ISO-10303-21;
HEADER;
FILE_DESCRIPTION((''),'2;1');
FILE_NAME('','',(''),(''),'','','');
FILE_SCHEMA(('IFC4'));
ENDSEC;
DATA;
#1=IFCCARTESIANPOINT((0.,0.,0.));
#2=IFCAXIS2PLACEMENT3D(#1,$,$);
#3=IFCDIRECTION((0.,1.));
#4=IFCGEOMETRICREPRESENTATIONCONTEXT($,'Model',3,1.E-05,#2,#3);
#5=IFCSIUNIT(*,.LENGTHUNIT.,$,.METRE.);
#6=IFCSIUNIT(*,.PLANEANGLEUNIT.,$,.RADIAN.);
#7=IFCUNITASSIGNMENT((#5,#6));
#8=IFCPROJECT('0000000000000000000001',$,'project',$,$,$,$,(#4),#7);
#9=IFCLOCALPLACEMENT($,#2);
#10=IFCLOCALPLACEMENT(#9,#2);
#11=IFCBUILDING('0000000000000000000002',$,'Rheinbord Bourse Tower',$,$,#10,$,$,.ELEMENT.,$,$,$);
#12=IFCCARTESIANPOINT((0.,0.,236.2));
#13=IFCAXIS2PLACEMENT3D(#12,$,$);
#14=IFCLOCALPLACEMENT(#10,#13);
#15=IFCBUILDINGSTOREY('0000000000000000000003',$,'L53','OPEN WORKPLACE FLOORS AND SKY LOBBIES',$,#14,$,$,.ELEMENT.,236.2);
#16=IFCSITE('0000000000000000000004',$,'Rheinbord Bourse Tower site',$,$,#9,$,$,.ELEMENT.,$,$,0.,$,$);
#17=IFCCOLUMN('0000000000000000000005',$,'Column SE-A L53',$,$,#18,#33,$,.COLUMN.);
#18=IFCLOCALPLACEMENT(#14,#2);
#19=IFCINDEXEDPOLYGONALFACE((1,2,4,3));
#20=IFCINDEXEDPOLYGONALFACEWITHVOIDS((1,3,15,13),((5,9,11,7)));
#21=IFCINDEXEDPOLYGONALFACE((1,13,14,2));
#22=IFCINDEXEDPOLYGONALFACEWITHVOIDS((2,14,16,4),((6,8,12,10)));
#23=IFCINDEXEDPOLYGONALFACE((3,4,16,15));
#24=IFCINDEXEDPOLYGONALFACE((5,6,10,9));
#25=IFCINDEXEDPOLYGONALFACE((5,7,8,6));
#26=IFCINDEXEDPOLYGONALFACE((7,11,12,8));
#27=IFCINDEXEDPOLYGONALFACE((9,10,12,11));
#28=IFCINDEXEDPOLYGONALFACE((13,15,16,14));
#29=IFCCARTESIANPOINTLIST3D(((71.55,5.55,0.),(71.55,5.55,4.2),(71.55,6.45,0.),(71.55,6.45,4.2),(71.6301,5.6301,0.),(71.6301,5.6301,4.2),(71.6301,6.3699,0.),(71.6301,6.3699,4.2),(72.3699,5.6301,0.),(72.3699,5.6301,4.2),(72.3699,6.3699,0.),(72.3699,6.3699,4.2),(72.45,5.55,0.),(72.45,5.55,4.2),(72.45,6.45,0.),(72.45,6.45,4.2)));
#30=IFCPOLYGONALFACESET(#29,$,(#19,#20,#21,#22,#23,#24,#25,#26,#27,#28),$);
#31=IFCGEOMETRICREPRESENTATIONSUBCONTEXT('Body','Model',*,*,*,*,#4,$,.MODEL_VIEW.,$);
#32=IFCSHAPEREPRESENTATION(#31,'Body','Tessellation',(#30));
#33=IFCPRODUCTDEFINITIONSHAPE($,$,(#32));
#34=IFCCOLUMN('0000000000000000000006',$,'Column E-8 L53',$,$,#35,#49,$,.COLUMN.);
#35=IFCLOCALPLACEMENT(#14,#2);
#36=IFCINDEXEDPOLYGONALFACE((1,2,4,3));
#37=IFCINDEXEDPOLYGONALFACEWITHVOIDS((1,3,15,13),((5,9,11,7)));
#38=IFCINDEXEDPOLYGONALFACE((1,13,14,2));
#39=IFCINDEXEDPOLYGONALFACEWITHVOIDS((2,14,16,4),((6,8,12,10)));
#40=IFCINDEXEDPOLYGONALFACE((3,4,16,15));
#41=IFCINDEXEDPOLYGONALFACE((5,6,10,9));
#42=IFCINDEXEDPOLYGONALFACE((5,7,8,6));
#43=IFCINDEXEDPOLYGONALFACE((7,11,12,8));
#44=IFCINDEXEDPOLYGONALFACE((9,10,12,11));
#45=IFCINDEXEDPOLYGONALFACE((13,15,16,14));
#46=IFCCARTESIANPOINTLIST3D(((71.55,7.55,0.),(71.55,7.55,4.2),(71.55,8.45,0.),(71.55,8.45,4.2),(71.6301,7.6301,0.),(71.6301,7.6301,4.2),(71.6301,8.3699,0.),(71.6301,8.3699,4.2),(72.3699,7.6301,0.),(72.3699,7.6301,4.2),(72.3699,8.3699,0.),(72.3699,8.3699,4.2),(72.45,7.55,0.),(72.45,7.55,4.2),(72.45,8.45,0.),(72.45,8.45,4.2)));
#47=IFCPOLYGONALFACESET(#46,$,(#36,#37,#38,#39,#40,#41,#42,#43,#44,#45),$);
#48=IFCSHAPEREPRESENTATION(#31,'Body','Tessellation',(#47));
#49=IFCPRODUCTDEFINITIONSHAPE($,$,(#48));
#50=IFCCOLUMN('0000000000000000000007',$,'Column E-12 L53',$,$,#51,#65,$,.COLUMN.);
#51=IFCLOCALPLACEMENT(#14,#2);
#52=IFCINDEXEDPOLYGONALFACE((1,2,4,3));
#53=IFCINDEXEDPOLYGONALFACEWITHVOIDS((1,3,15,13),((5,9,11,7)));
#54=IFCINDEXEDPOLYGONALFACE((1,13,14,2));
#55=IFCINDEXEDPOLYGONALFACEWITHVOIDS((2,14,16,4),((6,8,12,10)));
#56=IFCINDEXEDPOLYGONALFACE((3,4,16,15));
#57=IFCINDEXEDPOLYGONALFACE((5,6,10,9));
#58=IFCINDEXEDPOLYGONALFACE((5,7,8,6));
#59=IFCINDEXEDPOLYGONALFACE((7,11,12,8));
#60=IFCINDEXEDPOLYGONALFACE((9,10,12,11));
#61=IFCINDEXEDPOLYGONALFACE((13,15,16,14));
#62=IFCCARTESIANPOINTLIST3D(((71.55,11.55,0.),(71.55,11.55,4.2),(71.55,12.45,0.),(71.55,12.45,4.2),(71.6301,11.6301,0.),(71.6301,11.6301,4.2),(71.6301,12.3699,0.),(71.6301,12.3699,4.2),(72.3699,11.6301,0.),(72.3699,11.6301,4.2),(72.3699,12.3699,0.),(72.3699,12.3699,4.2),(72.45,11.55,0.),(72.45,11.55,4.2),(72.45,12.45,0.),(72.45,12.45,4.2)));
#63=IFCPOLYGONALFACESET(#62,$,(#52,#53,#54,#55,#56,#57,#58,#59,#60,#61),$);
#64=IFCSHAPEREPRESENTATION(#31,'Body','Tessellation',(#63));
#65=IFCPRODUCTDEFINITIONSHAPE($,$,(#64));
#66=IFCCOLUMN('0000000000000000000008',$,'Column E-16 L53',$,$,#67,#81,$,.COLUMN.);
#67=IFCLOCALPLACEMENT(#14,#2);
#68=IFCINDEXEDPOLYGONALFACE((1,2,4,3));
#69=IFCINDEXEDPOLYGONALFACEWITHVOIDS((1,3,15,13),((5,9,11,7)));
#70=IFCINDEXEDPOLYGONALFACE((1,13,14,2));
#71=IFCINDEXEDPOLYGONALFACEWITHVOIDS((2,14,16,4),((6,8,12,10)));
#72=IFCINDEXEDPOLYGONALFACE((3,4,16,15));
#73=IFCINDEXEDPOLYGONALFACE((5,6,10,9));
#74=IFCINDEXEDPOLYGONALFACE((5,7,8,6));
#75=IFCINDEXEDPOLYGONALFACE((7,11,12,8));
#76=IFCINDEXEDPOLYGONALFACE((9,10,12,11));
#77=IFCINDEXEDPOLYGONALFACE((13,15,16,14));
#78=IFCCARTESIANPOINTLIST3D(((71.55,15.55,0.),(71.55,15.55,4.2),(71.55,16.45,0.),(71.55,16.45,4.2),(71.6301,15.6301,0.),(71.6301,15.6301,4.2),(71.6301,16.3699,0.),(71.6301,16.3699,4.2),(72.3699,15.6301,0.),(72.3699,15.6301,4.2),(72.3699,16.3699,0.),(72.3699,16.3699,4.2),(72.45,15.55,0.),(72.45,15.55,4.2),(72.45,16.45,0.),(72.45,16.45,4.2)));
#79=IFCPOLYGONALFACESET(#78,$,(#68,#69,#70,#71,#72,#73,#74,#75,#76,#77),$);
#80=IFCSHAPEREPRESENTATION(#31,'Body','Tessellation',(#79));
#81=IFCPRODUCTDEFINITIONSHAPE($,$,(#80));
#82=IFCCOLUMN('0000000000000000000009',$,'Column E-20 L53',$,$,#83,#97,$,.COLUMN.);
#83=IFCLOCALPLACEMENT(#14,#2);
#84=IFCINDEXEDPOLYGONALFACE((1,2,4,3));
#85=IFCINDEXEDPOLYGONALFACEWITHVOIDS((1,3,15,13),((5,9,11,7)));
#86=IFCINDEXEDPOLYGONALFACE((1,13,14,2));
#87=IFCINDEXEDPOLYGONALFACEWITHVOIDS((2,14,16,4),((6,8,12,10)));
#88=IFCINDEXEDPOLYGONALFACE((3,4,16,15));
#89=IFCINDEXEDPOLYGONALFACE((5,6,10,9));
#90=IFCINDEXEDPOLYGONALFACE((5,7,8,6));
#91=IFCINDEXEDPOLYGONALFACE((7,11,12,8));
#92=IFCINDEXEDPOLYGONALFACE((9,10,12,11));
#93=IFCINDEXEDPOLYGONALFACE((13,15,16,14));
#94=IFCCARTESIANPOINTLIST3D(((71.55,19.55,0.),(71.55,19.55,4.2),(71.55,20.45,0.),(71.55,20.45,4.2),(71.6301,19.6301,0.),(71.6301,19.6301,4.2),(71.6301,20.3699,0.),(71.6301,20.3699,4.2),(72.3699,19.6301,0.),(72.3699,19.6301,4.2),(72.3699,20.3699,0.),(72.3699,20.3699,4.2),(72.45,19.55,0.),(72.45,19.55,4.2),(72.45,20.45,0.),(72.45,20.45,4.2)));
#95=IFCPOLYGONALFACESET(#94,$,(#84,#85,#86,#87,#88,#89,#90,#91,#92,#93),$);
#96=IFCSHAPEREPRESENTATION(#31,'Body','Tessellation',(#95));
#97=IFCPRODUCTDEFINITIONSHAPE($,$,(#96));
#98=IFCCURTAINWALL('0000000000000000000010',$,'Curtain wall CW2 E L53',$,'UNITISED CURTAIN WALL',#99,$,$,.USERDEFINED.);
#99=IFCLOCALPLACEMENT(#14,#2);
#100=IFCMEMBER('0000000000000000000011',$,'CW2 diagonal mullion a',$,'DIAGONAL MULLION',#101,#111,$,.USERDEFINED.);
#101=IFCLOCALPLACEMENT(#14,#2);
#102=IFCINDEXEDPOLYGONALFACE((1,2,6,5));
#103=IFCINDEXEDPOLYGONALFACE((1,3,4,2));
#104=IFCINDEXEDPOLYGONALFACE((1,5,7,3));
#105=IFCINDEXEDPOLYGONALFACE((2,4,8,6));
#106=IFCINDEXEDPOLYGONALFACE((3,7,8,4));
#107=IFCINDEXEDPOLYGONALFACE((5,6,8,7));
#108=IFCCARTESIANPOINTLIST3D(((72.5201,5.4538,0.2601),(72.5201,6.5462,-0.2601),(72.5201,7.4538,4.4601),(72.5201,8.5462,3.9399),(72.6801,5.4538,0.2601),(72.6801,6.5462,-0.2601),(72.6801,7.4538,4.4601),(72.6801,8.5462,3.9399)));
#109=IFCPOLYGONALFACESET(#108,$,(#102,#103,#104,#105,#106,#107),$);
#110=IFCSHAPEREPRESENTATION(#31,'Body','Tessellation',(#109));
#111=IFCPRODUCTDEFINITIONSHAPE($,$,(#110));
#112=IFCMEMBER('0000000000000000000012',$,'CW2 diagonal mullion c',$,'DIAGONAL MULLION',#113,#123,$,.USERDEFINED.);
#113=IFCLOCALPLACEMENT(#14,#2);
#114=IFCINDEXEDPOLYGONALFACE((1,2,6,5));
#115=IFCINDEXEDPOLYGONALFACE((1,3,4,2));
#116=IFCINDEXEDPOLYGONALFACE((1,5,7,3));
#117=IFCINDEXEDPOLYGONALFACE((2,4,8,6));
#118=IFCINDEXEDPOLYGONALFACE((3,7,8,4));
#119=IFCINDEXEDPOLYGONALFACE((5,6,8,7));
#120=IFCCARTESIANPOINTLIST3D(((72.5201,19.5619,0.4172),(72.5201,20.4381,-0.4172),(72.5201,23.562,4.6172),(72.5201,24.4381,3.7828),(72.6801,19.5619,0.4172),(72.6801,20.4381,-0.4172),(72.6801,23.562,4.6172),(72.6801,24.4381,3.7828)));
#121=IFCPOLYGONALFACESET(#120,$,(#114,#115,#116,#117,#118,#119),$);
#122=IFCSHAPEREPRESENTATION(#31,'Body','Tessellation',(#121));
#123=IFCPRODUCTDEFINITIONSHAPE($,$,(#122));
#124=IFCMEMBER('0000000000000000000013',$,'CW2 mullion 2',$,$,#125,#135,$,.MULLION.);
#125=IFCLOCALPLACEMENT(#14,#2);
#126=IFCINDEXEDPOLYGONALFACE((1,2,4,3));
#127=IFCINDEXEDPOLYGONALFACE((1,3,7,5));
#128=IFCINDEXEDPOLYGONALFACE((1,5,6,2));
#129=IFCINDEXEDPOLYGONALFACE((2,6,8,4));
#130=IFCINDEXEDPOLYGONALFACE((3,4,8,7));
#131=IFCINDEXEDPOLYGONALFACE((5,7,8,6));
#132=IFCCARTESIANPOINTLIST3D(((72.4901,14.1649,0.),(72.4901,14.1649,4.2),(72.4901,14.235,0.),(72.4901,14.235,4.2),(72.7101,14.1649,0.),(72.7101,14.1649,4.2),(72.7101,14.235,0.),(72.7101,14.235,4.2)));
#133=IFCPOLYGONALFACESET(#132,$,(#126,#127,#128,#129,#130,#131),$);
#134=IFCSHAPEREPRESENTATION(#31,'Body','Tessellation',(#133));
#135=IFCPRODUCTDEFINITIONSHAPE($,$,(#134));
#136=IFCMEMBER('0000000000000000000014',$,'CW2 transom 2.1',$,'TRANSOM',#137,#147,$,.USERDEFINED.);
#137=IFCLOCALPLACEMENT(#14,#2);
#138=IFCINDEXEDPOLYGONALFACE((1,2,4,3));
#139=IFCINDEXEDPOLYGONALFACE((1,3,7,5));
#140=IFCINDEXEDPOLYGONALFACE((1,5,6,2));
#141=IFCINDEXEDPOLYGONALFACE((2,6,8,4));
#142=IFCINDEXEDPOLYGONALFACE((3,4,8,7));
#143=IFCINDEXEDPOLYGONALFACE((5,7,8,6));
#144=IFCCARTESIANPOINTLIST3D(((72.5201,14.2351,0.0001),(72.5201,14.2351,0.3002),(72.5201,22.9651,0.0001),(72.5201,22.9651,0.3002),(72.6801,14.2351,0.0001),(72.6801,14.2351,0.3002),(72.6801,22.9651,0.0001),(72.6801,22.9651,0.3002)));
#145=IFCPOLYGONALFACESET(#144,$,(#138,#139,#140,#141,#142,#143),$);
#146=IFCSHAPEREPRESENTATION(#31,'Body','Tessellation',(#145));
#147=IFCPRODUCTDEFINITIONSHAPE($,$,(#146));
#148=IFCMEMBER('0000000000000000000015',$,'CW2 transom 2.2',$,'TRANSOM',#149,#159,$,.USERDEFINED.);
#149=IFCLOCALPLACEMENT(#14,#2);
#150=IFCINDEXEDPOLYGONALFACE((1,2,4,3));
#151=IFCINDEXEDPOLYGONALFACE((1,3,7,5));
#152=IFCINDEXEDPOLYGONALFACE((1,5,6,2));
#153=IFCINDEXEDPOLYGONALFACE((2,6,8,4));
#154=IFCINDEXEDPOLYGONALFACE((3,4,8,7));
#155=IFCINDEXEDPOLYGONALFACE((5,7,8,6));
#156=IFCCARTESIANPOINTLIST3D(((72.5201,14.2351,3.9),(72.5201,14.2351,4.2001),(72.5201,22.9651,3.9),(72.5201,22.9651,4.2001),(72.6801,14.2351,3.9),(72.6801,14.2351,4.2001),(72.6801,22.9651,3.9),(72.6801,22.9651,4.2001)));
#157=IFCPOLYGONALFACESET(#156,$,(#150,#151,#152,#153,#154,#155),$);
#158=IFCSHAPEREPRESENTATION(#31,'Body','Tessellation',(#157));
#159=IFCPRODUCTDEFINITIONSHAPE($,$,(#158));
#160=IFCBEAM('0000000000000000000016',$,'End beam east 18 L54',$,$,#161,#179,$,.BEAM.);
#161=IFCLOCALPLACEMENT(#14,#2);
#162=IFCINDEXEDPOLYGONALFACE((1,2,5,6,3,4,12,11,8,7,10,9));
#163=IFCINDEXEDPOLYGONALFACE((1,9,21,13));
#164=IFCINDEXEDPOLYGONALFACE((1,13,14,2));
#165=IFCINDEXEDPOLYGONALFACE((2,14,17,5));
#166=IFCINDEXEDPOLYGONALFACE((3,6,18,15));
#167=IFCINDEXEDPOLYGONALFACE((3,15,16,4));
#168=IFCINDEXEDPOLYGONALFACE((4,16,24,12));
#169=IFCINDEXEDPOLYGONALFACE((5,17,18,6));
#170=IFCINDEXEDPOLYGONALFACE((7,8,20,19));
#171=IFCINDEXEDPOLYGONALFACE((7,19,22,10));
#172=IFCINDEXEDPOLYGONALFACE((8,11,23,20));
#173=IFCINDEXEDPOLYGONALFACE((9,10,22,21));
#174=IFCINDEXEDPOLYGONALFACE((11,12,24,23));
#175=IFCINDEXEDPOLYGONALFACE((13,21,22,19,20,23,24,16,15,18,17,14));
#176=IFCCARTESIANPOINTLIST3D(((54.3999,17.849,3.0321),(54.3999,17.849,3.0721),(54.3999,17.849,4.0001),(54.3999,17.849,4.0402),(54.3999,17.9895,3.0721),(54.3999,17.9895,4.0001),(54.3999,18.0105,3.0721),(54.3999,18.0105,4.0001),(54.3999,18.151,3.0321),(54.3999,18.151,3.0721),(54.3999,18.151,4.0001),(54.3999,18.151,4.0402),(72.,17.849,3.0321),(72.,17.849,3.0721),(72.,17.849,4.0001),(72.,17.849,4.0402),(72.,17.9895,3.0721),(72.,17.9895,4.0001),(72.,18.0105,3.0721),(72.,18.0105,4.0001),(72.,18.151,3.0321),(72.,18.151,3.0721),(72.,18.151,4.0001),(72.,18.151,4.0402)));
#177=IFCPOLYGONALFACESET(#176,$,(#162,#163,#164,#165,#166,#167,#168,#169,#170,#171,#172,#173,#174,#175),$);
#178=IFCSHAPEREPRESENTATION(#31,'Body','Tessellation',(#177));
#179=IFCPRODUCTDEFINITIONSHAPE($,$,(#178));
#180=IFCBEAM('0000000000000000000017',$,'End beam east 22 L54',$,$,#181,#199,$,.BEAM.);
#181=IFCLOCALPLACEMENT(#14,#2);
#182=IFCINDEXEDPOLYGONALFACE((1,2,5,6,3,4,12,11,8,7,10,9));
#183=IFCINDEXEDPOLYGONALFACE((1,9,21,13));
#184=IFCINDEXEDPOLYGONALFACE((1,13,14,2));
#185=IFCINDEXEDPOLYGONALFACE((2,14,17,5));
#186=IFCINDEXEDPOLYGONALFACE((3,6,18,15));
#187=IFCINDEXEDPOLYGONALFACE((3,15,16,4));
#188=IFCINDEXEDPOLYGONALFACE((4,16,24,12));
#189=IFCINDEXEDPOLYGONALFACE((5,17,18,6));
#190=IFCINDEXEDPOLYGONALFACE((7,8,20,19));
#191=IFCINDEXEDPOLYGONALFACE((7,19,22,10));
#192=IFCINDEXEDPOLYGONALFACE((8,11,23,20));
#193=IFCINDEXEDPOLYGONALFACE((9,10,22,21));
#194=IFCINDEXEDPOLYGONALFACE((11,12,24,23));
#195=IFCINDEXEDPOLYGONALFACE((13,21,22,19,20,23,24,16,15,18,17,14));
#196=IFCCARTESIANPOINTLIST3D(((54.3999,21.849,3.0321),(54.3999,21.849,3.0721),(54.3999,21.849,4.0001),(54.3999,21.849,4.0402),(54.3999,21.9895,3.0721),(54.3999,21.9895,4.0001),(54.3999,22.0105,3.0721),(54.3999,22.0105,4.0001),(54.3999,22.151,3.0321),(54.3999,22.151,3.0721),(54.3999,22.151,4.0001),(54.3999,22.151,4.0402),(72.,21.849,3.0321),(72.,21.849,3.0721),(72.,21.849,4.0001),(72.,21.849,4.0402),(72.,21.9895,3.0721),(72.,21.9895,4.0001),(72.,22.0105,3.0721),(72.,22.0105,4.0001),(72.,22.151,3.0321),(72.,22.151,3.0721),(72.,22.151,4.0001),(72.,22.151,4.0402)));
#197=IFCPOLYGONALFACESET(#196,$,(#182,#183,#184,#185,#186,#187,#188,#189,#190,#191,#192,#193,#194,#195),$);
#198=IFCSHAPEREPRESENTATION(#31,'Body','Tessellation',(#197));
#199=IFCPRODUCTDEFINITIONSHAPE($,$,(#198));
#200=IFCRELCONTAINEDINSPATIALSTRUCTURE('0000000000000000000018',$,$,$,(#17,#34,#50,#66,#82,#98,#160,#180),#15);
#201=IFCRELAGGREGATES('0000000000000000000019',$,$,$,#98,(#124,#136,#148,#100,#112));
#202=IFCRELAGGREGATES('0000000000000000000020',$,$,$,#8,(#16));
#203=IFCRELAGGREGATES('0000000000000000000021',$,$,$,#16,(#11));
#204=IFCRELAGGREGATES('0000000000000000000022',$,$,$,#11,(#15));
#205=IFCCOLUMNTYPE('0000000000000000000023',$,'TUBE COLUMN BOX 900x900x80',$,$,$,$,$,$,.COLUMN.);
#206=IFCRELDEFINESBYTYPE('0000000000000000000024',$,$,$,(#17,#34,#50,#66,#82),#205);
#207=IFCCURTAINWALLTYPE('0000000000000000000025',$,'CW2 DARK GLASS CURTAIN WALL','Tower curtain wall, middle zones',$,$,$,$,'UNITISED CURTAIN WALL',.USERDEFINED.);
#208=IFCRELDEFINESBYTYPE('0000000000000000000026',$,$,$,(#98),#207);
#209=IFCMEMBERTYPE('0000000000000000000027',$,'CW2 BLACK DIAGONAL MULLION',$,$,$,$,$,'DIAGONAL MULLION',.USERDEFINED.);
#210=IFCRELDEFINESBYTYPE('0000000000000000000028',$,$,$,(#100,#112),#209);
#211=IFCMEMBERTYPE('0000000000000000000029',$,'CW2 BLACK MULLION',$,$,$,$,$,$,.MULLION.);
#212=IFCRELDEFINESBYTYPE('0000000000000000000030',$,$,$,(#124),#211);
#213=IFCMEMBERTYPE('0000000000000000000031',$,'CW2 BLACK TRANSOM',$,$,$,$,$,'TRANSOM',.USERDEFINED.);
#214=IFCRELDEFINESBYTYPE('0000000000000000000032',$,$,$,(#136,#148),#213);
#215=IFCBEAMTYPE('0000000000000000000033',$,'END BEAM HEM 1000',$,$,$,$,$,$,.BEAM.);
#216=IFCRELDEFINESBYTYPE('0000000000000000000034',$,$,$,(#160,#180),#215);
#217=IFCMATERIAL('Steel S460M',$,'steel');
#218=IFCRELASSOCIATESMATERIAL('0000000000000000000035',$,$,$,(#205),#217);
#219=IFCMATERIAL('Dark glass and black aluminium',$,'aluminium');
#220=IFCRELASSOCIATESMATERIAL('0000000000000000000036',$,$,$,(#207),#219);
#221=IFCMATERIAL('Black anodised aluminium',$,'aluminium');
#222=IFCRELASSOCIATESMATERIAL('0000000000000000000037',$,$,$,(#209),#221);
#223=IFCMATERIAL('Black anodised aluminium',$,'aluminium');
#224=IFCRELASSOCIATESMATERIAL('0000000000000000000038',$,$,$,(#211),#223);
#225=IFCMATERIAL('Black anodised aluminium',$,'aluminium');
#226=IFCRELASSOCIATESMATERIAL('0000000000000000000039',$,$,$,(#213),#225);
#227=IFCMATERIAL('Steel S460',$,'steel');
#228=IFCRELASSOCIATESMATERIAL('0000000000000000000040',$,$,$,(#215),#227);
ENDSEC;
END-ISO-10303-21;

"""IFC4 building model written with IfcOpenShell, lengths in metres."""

from ifc_helpers import new_model, si_unit, direction, frame, origin, origin_2d, place, context, subcontext, project, spatial, rectangle, hollow_rectangle, i_section, extrude, material, material_profile, profile_set, type_object, element, aggregate, save


model = new_model("IFC4")

# Units and contexts
model_context = context("Model", 3, precision=1e-05, world=origin(), true_north=direction((0.0, 1.0)))
body_context = subcontext(model_context, "Body", "Model", "MODEL_VIEW")
ifc_project = project(units=[si_unit("LENGTHUNIT", "METRE"), si_unit("PLANEANGLEUNIT", "RADIAN")], contexts=[model_context])

# Site, building, storey
site_placement = place(None, origin())
site = spatial("IfcSite", under=ifc_project, at=site_placement, Name="Rheinbord Bourse Tower site", CompositionType="ELEMENT", RefElevation=0.0)
building_placement = place(site_placement, origin())
building = spatial("IfcBuilding", under=site, at=building_placement, Name="Rheinbord Bourse Tower", CompositionType="ELEMENT")
storey_placement = place(building_placement, frame((0.0, 0.0, 236.2)))
storey = spatial("IfcBuildingStorey", under=building, at=storey_placement, Name="L53", Description="OPEN WORKPLACE FLOORS AND SKY LOBBIES", CompositionType="ELEMENT", Elevation=236.2)

# Columns
ifc_material_1 = material(Name="Steel S460M", Category="steel")
ifc_material_profile_1 = material_profile(ifc_material_1, hollow_rectangle(XDim=0.8999, YDim=0.8999, WallThickness=0.0801, at=origin_2d()), Name="BOX 900x900x80")
ifc_profile_set_1 = profile_set([ifc_material_profile_1], Name="Steel S460M")
column_type = type_object("IfcColumnType", Name="TUBE COLUMN BOX 900x900x80", PredefinedType="COLUMN", material=ifc_profile_set_1)
for number, where, z_axis, x_axis, name in (
    (1, (72.0, 6.0, 0.0), (0.0, 0.0, 1.0), (1.0, 0.0, 0.0), "Column SE-A L53"),
    (2, (72.0, 8.0, 0.0), (0.0, 0.0, 1.0), (1.0, 0.0, 0.0), "Column E-8 L53"),
    (3, (72.0, 12.0, 0.0), (0.0, 0.0, 1.0), (1.0, 0.0, 0.0), "Column E-12 L53"),
    (4, (72.0, 16.0, 0.0), (0.0, 0.0, 1.0), (1.0, 0.0, 0.0), "Column E-16 L53"),
    (5, (72.0, 20.0, 0.0), (0.0, 0.0, 1.0), (1.0, 0.0, 0.0), "Column E-20 L53"),
):
    element("IfcColumn", number, at=place(storey_placement, frame(where, z_axis=z_axis, x_axis=x_axis)), inside=storey, type_object=column_type, Name=name, PredefinedType="COLUMN", context=body_context, shape_type="SweptSolid", body=[
        extrude(hollow_rectangle(XDim=0.8999, YDim=0.8999, WallThickness=0.0801, at=origin_2d()), origin(), (0.0, 0.0, 1.0), 4.2),
    ])

# Curtain wall, members
ifc_material_2 = material(Name="Dark glass and black aluminium", Category="aluminium")
curtain_wall_type = type_object("IfcCurtainWallType", Name="CW2 DARK GLASS CURTAIN WALL", Description="Tower curtain wall, middle zones", ElementType="UNITISED CURTAIN WALL", PredefinedType="USERDEFINED", material=ifc_material_2)
curtain_wall_placement = place(storey_placement, origin())
curtain_wall = element("IfcCurtainWall", 6, at=curtain_wall_placement, inside=storey, type_object=curtain_wall_type, Name="Curtain wall CW2 E L53", ObjectType="UNITISED CURTAIN WALL", PredefinedType="USERDEFINED")
ifc_material_3 = material(Name="Black anodised aluminium", Category="aluminium")
ifc_material_profile_2 = material_profile(ifc_material_3, rectangle(XDim=0.1599, YDim=1.21, at=origin_2d()), Name="CW2 DIAGONAL MULLION 1210x160")
ifc_profile_set_2 = profile_set([ifc_material_profile_2], Name="Black anodised aluminium")
member_type_1 = type_object("IfcMemberType", Name="CW2 BLACK DIAGONAL MULLION", ElementType="DIAGONAL MULLION", PredefinedType="USERDEFINED", material=ifc_profile_set_2)
member_1_placement = place(storey_placement, frame((72.6001, 6.0, 0.0), z_axis=(0.0, 0.429938, 0.902859), x_axis=(-1.0, 0.0, 0.0)))
member_1 = element("IfcMember", 7, at=member_1_placement, type_object=member_type_1, Name="CW2 diagonal mullion a", ObjectType="DIAGONAL MULLION", PredefinedType="USERDEFINED", context=body_context, shape_type="SweptSolid", body=[
    extrude(rectangle(XDim=0.1599, YDim=1.21, at=origin_2d()), origin(), (0.0, 0.0, 1.0), 4.6519),
])
member_2_placement = place(storey_placement, frame((72.6001, 20.0, 0.0), z_axis=(0.0, 0.689659, 0.724134), x_axis=(-1.0, 0.0, 0.0)))
member_2 = element("IfcMember", 8, at=member_2_placement, type_object=member_type_1, Name="CW2 diagonal mullion c", ObjectType="DIAGONAL MULLION", PredefinedType="USERDEFINED", context=body_context, shape_type="SweptSolid", body=[
    extrude(rectangle(XDim=0.1599, YDim=1.21, at=origin_2d()), origin(), (0.0, 0.0, 1.0), 5.8),
])
ifc_material_4 = material(Name="Black anodised aluminium", Category="aluminium")
ifc_material_profile_3 = material_profile(ifc_material_4, rectangle(XDim=0.22, YDim=0.0701, at=origin_2d()), Name="CW2 MULLION 70x220")
ifc_profile_set_3 = profile_set([ifc_material_profile_3], Name="Black anodised aluminium")
member_type_2 = type_object("IfcMemberType", Name="CW2 BLACK MULLION", PredefinedType="MULLION", material=ifc_profile_set_3)
member_3_placement = place(storey_placement, frame((72.6001, 14.2, 0.0), z_axis=(0.0, 0.0, 1.0), x_axis=(-1.0, 0.0, 0.0)))
member_3 = element("IfcMember", 9, at=member_3_placement, type_object=member_type_2, Name="CW2 mullion 2", PredefinedType="MULLION", context=body_context, shape_type="SweptSolid", body=[
    extrude(rectangle(XDim=0.22, YDim=0.0701, at=origin_2d()), origin(), (0.0, 0.0, 1.0), 4.2),
])
ifc_material_5 = material(Name="Black anodised aluminium", Category="aluminium")
ifc_material_profile_4 = material_profile(ifc_material_5, rectangle(XDim=0.1599, YDim=0.3, at=origin_2d()), Name="CW2 TRANSOM 300x160")
ifc_profile_set_4 = profile_set([ifc_material_profile_4], Name="Black anodised aluminium")
member_type_3 = type_object("IfcMemberType", Name="CW2 BLACK TRANSOM", ElementType="TRANSOM", PredefinedType="USERDEFINED", material=ifc_profile_set_4)
member_4_placement = place(storey_placement, frame((72.6001, 14.2351, 0.1501), z_axis=(0.0, 1.0, 0.0), x_axis=(-1.0, 0.0, 0.0)))
member_4 = element("IfcMember", 10, at=member_4_placement, type_object=member_type_3, Name="CW2 transom 2.1", ObjectType="TRANSOM", PredefinedType="USERDEFINED", context=body_context, shape_type="SweptSolid", body=[
    extrude(rectangle(XDim=0.1599, YDim=0.3, at=origin_2d()), origin(), (0.0, 0.0, 1.0), 8.73),
])
member_5_placement = place(storey_placement, frame((72.6001, 14.2351, 4.05), z_axis=(0.0, 1.0, 0.0), x_axis=(-1.0, 0.0, 0.0)))
member_5 = element("IfcMember", 11, at=member_5_placement, type_object=member_type_3, Name="CW2 transom 2.2", ObjectType="TRANSOM", PredefinedType="USERDEFINED", context=body_context, shape_type="SweptSolid", body=[
    extrude(rectangle(XDim=0.1599, YDim=0.3, at=origin_2d()), origin(), (0.0, 0.0, 1.0), 8.73),
])

# Beams
ifc_material_6 = material(Name="Steel S460", Category="steel")
ifc_material_profile_5 = material_profile(ifc_material_6, i_section(OverallWidth=0.302, OverallDepth=1.0081, WebThickness=0.021, FlangeThickness=0.04, at=origin_2d()), Name="HEM 1000")
ifc_profile_set_5 = profile_set([ifc_material_profile_5], Name="Steel S460")
beam_type_1 = type_object("IfcBeamType", Name="END BEAM HEM 1000", PredefinedType="BEAM", material=ifc_profile_set_5)
for number, where, z_axis, x_axis, name in (
    (12, (54.3999, 18.0, 3.5361), (1.0, 0.0, 0.0), (0.0, 1.0, 0.0), "End beam east 18 L54"),
    (13, (54.3999, 22.0, 3.5361), (1.0, 0.0, 0.0), (0.0, 1.0, 0.0), "End beam east 22 L54"),
):
    element("IfcBeam", number, at=place(storey_placement, frame(where, z_axis=z_axis, x_axis=x_axis)), inside=storey, type_object=beam_type_1, Name=name, PredefinedType="BEAM", context=body_context, shape_type="SweptSolid", body=[
        extrude(i_section(OverallWidth=0.302, OverallDepth=1.0081, WebThickness=0.021, FlangeThickness=0.04, at=origin_2d()), origin(), (0.0, 0.0, 1.0), 17.6001),
    ])

aggregate(curtain_wall, [member_3, member_4, member_5, member_1, member_2])

save(model, "model.ifc")
